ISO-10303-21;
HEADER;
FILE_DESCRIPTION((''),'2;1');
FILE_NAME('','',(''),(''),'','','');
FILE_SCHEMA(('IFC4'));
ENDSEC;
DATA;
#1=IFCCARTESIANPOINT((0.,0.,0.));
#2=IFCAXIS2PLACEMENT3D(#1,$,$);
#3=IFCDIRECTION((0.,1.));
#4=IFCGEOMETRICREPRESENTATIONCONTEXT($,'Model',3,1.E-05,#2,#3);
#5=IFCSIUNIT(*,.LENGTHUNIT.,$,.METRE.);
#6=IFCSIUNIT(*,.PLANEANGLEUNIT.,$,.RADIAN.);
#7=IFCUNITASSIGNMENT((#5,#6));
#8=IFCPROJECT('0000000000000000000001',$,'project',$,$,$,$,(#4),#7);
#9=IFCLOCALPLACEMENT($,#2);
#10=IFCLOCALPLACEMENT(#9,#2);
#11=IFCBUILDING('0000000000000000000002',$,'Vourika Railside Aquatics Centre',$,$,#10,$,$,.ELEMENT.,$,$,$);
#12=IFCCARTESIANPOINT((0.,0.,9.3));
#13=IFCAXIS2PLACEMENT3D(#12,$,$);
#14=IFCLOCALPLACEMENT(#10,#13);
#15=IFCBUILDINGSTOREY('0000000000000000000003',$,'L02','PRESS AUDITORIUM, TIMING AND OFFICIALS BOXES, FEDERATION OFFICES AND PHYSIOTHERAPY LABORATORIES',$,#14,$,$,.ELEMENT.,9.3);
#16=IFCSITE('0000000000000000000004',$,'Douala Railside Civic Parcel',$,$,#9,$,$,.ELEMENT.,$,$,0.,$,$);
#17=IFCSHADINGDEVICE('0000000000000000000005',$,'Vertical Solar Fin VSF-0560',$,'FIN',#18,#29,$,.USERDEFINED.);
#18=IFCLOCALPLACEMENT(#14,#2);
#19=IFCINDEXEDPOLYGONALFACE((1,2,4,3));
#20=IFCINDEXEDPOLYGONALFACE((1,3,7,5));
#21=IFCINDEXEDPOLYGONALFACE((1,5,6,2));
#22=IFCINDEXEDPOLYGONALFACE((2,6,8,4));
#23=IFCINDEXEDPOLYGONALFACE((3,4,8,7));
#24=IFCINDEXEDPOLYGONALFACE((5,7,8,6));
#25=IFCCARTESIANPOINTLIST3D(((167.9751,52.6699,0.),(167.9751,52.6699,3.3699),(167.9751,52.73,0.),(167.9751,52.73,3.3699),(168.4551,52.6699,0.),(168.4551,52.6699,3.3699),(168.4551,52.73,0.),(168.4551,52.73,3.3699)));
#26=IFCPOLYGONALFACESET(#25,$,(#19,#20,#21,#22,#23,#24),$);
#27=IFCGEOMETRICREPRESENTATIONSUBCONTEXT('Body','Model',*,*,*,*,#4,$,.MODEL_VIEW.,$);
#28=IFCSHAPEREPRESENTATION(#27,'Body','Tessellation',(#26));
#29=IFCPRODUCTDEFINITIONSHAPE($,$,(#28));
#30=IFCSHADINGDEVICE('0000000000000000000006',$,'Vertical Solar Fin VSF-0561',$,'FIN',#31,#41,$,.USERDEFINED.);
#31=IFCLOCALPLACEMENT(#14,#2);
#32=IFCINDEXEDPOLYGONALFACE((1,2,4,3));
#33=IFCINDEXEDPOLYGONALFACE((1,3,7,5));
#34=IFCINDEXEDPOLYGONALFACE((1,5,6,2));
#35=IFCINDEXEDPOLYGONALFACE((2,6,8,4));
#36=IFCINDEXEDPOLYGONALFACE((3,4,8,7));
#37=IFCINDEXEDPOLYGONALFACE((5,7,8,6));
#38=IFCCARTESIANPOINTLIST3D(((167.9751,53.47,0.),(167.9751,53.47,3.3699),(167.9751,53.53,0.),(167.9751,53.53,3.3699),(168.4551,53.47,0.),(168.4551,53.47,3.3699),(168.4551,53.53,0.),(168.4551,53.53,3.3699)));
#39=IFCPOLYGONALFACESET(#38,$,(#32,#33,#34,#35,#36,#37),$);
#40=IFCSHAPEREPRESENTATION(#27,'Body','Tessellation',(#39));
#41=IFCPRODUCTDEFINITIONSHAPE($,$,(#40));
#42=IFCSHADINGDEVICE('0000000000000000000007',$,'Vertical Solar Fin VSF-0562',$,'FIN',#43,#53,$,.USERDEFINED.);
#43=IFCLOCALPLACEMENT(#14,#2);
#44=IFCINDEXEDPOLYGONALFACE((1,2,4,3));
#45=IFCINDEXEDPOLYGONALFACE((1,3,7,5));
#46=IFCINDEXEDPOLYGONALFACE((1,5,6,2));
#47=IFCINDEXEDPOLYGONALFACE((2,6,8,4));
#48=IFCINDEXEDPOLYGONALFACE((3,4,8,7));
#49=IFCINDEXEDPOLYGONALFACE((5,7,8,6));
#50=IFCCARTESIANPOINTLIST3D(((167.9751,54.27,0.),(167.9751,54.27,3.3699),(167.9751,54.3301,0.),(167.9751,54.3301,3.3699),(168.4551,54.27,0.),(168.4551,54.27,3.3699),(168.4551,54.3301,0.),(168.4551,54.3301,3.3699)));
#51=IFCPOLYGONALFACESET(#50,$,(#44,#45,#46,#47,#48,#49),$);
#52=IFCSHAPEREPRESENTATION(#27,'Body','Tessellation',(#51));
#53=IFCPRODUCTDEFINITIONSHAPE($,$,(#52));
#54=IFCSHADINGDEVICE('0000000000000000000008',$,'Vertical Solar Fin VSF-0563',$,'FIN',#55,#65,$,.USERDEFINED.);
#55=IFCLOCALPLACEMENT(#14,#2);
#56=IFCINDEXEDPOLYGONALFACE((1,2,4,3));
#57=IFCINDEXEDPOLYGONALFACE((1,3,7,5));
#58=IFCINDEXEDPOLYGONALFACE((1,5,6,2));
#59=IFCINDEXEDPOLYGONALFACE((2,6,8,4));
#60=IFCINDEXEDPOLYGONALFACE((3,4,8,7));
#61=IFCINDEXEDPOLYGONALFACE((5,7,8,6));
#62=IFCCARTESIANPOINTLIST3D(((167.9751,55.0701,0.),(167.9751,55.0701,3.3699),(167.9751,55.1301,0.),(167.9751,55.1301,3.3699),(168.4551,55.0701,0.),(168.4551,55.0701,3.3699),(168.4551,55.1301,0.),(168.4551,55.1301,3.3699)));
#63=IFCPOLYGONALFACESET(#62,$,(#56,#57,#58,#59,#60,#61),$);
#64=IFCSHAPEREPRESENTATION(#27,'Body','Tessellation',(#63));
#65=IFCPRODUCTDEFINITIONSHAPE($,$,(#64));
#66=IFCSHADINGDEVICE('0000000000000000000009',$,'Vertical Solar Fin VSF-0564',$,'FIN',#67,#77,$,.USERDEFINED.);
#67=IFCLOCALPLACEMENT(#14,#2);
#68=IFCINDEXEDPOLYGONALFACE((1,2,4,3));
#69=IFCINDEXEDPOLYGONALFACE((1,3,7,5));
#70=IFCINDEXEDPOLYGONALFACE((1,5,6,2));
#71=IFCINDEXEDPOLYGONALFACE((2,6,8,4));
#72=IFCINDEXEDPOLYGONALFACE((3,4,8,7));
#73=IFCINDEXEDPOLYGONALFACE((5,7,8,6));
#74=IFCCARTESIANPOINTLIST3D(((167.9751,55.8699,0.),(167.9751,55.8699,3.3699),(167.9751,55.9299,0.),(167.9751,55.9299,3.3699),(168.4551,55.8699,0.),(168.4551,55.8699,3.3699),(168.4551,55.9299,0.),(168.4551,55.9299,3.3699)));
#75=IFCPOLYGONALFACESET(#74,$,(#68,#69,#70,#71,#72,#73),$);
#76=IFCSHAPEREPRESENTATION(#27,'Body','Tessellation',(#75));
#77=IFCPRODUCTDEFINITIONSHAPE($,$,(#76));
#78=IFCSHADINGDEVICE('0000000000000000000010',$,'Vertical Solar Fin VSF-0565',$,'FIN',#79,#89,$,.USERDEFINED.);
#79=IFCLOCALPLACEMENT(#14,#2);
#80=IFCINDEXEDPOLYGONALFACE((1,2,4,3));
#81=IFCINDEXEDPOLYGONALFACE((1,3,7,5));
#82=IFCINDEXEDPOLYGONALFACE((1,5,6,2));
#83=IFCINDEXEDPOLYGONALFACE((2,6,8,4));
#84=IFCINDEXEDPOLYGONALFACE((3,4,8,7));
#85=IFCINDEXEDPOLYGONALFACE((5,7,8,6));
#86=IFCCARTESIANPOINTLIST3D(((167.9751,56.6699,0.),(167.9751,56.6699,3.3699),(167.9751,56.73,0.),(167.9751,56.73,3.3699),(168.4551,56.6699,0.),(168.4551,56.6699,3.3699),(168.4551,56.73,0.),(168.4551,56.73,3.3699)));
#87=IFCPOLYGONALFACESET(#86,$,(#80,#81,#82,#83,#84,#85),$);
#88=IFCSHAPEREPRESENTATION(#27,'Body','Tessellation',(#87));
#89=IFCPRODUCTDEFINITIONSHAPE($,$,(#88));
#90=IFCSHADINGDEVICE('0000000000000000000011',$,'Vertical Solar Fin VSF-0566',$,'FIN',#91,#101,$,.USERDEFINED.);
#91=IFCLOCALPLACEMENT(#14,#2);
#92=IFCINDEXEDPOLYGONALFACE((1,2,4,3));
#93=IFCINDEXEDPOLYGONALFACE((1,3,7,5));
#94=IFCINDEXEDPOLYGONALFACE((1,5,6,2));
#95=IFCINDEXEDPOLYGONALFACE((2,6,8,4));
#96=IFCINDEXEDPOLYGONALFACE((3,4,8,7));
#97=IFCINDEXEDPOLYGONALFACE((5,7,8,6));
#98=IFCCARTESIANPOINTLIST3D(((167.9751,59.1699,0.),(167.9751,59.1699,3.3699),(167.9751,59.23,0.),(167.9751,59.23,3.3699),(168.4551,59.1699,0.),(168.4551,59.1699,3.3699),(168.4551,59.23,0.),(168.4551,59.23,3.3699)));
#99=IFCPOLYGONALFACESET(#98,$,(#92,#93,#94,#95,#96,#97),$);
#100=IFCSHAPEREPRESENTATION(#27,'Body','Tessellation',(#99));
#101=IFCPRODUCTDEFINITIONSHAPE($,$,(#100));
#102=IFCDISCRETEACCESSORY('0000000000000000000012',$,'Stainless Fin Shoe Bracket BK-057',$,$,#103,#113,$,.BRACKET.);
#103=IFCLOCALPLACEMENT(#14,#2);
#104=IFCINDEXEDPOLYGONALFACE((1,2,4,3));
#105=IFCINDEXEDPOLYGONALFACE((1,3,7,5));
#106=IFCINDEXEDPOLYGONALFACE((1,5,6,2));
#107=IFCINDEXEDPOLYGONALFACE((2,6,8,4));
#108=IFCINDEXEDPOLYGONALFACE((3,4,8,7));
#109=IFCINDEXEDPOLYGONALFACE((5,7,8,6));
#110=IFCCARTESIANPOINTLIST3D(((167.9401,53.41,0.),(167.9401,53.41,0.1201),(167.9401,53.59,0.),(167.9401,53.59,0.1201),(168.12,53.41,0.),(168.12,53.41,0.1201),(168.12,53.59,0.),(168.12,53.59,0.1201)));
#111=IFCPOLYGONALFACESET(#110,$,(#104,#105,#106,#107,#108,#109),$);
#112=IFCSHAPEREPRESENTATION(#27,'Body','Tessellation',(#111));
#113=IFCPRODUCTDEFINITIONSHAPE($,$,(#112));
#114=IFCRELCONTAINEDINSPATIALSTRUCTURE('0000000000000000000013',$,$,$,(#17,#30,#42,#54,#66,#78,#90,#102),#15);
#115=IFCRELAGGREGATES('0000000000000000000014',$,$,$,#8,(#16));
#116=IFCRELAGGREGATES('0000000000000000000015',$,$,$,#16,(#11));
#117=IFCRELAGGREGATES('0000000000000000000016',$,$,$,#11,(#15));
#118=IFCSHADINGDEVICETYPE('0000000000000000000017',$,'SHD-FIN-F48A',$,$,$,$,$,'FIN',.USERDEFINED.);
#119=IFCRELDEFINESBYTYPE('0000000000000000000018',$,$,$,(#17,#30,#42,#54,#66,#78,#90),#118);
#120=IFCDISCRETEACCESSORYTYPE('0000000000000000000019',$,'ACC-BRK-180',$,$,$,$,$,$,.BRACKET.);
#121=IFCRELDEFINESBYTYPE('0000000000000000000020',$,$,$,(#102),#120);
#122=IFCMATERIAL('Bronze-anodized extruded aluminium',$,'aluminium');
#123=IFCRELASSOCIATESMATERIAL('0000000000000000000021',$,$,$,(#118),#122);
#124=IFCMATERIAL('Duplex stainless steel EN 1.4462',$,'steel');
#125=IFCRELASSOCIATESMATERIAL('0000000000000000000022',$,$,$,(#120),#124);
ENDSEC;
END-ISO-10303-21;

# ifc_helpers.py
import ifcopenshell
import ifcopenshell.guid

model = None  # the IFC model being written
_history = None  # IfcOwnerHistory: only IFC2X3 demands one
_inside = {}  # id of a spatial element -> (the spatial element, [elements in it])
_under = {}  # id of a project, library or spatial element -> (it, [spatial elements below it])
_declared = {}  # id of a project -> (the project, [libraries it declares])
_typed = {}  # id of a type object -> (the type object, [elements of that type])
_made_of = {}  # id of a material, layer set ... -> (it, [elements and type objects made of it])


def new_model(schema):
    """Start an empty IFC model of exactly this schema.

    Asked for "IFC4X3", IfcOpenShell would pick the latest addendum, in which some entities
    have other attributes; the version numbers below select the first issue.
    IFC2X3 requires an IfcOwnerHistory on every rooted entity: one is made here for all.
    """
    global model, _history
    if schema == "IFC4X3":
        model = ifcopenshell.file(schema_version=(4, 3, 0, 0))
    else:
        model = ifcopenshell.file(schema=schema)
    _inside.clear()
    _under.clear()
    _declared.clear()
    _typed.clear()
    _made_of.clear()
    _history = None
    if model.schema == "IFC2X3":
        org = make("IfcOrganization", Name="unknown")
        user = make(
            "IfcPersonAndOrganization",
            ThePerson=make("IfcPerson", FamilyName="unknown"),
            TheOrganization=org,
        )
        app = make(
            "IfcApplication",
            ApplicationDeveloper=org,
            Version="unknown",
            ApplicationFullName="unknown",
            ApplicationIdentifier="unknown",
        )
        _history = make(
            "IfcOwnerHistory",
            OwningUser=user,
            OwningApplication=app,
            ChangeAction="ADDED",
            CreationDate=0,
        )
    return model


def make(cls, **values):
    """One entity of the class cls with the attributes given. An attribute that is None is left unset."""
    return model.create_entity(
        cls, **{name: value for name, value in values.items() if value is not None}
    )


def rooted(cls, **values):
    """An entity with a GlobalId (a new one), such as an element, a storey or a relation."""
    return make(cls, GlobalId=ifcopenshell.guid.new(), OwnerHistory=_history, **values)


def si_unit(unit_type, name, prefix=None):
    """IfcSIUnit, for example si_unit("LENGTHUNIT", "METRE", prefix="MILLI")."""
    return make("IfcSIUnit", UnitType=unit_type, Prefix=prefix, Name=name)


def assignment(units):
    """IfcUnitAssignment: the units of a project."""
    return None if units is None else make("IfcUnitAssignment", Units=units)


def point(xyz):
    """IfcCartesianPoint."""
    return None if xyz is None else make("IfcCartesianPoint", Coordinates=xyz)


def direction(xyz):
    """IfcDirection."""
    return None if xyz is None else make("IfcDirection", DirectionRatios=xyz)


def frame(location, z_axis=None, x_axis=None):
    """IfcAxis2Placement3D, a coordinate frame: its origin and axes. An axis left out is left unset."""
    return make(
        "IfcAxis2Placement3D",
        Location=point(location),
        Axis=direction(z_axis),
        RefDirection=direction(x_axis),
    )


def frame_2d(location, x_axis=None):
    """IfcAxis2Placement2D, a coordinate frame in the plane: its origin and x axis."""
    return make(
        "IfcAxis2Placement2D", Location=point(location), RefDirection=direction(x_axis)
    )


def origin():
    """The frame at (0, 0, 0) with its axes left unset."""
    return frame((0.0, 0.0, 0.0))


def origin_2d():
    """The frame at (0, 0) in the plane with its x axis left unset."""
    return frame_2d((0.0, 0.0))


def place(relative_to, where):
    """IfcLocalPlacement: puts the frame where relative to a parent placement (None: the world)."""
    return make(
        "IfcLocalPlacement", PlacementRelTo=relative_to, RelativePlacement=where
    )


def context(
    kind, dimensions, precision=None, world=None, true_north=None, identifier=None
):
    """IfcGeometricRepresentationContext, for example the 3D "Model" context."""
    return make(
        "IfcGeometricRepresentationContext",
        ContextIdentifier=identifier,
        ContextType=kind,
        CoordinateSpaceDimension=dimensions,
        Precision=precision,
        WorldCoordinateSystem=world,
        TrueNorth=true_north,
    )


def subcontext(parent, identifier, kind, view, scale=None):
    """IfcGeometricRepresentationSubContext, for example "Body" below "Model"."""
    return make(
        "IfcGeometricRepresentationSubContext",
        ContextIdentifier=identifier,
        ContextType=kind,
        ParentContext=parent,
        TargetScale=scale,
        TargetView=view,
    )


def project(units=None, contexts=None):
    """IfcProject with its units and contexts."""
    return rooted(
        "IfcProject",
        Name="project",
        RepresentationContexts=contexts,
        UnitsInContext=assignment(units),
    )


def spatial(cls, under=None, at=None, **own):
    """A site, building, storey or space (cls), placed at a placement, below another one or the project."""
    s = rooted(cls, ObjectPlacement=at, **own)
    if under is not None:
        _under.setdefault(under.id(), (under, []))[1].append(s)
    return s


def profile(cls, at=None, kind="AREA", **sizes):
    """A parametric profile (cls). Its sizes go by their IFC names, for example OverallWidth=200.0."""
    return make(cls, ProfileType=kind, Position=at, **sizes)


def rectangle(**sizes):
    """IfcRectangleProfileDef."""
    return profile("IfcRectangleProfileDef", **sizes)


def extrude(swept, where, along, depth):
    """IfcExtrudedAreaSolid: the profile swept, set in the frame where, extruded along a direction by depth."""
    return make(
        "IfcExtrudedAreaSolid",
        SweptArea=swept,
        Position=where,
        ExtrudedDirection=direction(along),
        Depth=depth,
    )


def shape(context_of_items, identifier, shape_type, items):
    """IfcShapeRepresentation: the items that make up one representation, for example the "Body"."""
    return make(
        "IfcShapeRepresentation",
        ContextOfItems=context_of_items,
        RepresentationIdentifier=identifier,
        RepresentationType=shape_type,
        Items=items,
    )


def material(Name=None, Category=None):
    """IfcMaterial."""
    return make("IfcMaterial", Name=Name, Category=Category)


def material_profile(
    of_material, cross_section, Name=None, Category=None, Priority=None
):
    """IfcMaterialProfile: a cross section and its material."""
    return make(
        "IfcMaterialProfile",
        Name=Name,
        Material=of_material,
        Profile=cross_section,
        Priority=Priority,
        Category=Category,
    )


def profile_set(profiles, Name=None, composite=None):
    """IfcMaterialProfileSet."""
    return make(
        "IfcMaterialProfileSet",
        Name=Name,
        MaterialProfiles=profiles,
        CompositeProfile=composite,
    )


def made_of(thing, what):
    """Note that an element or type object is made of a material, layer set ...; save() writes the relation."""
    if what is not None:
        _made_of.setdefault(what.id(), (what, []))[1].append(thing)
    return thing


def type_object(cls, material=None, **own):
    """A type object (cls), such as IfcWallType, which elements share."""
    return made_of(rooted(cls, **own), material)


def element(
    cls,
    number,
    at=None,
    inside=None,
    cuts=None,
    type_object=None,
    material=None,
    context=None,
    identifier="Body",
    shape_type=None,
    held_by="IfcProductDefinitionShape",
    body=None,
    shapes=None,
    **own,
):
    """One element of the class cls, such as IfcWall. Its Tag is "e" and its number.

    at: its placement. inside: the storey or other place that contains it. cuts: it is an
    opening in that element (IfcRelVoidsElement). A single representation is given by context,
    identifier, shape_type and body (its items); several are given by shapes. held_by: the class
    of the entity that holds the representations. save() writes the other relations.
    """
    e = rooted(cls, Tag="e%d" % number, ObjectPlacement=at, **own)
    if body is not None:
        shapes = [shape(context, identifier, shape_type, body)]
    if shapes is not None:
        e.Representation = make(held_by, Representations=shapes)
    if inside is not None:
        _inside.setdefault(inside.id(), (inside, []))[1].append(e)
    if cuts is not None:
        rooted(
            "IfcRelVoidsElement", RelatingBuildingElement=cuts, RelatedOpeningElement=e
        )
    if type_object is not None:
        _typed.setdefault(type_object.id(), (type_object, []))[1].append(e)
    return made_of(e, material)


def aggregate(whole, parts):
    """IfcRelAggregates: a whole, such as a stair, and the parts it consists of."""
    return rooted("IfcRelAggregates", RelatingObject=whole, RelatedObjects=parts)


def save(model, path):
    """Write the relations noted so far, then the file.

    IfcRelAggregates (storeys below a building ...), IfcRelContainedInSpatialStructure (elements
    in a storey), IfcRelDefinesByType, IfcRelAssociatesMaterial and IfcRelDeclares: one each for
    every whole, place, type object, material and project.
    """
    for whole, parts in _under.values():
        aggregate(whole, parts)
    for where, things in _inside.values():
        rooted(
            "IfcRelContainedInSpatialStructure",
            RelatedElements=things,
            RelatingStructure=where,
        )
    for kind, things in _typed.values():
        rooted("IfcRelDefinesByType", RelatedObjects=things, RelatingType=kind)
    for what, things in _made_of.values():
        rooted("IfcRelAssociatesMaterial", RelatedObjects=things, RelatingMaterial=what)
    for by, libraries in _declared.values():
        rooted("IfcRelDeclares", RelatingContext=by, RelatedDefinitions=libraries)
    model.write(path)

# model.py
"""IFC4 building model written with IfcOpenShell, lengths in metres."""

from ifc_helpers import new_model, si_unit, direction, frame, origin, origin_2d, place, context, subcontext, project, spatial, rectangle, extrude, material, material_profile, profile_set, type_object, element, save


model = new_model("IFC4")

# Units and contexts
model_context = context("Model", 3, precision=1e-05, world=origin(), true_north=direction((0.0, 1.0)))
body_context = subcontext(model_context, "Body", "Model", "MODEL_VIEW")
ifc_project = project(units=[si_unit("LENGTHUNIT", "METRE"), si_unit("PLANEANGLEUNIT", "RADIAN")], contexts=[model_context])

# Site, building, storey
site_placement = place(None, origin())
site = spatial("IfcSite", under=ifc_project, at=site_placement, Name="Douala Railside Civic Parcel", CompositionType="ELEMENT", RefElevation=0.0)
building_placement = place(site_placement, origin())
building = spatial("IfcBuilding", under=site, at=building_placement, Name="Vourika Railside Aquatics Centre", CompositionType="ELEMENT")
storey_placement = place(building_placement, frame((0.0, 0.0, 9.3)))
storey = spatial("IfcBuildingStorey", under=building, at=storey_placement, Name="L02", Description="PRESS AUDITORIUM, TIMING AND OFFICIALS BOXES, FEDERATION OFFICES AND PHYSIOTHERAPY LABORATORIES", CompositionType="ELEMENT", Elevation=9.3)

# Shading devices
ifc_material_1 = material(Name="Bronze-anodized extruded aluminium", Category="aluminium")
ifc_material_profile_1 = material_profile(ifc_material_1, rectangle(XDim=0.0601, YDim=0.48, at=origin_2d()), Name="ALU-FIN 60x480")
ifc_profile_set_1 = profile_set([ifc_material_profile_1], Name="Bronze-anodized extruded aluminium")
shading_device_type = type_object("IfcShadingDeviceType", Name="SHD-FIN-F48A", ElementType="FIN", PredefinedType="USERDEFINED", material=ifc_profile_set_1)
for number, where, z_axis, x_axis, name in (
    (1, (168.2151, 52.7, 0.0), (0.0, 0.0, 1.0), (0.0, -1.0, 0.0), "Vertical Solar Fin VSF-0560"),
    (2, (168.2151, 53.5, 0.0), (0.0, 0.0, 1.0), (0.0, -1.0, 0.0), "Vertical Solar Fin VSF-0561"),
    (3, (168.2151, 54.3, 0.0), (0.0, 0.0, 1.0), (0.0, -1.0, 0.0), "Vertical Solar Fin VSF-0562"),
    (4, (168.2151, 55.1001, 0.0), (0.0, 0.0, 1.0), (0.0, -1.0, 0.0), "Vertical Solar Fin VSF-0563"),
    (5, (168.2151, 55.8999, 0.0), (0.0, 0.0, 1.0), (0.0, -1.0, 0.0), "Vertical Solar Fin VSF-0564"),
    (6, (168.2151, 56.7, 0.0), (0.0, 0.0, 1.0), (0.0, -1.0, 0.0), "Vertical Solar Fin VSF-0565"),
    (7, (168.2151, 59.2, 0.0), (0.0, 0.0, 1.0), (0.0, -1.0, 0.0), "Vertical Solar Fin VSF-0566"),
):
    element("IfcShadingDevice", number, at=place(storey_placement, frame(where, z_axis=z_axis, x_axis=x_axis)), inside=storey, type_object=shading_device_type, Name=name, ObjectType="FIN", PredefinedType="USERDEFINED", context=body_context, shape_type="SweptSolid", body=[
        extrude(rectangle(XDim=0.0601, YDim=0.48, at=origin_2d()), origin(), (0.0, 0.0, 1.0), 3.3699),
    ])

# Discrete accessory
ifc_material_2 = material(Name="Duplex stainless steel EN 1.4462", Category="steel")
discrete_accessory_type = type_object("IfcDiscreteAccessoryType", Name="ACC-BRK-180", PredefinedType="BRACKET", material=ifc_material_2)
discrete_accessory_placement = place(storey_placement, frame((168.03, 53.5, 0.0), z_axis=(0.0, 0.0, 1.0), x_axis=(1.0, 0.0, 0.0)))
element("IfcDiscreteAccessory", 8, at=discrete_accessory_placement, inside=storey, type_object=discrete_accessory_type, Name="Stainless Fin Shoe Bracket BK-057", PredefinedType="BRACKET", context=body_context, shape_type="SweptSolid", body=[
    extrude(rectangle(XDim=0.1799, YDim=0.1799, at=origin_2d()), origin(), (0.0, 0.0, 1.0), 0.1201),
])

save(model, "model.ifc")
